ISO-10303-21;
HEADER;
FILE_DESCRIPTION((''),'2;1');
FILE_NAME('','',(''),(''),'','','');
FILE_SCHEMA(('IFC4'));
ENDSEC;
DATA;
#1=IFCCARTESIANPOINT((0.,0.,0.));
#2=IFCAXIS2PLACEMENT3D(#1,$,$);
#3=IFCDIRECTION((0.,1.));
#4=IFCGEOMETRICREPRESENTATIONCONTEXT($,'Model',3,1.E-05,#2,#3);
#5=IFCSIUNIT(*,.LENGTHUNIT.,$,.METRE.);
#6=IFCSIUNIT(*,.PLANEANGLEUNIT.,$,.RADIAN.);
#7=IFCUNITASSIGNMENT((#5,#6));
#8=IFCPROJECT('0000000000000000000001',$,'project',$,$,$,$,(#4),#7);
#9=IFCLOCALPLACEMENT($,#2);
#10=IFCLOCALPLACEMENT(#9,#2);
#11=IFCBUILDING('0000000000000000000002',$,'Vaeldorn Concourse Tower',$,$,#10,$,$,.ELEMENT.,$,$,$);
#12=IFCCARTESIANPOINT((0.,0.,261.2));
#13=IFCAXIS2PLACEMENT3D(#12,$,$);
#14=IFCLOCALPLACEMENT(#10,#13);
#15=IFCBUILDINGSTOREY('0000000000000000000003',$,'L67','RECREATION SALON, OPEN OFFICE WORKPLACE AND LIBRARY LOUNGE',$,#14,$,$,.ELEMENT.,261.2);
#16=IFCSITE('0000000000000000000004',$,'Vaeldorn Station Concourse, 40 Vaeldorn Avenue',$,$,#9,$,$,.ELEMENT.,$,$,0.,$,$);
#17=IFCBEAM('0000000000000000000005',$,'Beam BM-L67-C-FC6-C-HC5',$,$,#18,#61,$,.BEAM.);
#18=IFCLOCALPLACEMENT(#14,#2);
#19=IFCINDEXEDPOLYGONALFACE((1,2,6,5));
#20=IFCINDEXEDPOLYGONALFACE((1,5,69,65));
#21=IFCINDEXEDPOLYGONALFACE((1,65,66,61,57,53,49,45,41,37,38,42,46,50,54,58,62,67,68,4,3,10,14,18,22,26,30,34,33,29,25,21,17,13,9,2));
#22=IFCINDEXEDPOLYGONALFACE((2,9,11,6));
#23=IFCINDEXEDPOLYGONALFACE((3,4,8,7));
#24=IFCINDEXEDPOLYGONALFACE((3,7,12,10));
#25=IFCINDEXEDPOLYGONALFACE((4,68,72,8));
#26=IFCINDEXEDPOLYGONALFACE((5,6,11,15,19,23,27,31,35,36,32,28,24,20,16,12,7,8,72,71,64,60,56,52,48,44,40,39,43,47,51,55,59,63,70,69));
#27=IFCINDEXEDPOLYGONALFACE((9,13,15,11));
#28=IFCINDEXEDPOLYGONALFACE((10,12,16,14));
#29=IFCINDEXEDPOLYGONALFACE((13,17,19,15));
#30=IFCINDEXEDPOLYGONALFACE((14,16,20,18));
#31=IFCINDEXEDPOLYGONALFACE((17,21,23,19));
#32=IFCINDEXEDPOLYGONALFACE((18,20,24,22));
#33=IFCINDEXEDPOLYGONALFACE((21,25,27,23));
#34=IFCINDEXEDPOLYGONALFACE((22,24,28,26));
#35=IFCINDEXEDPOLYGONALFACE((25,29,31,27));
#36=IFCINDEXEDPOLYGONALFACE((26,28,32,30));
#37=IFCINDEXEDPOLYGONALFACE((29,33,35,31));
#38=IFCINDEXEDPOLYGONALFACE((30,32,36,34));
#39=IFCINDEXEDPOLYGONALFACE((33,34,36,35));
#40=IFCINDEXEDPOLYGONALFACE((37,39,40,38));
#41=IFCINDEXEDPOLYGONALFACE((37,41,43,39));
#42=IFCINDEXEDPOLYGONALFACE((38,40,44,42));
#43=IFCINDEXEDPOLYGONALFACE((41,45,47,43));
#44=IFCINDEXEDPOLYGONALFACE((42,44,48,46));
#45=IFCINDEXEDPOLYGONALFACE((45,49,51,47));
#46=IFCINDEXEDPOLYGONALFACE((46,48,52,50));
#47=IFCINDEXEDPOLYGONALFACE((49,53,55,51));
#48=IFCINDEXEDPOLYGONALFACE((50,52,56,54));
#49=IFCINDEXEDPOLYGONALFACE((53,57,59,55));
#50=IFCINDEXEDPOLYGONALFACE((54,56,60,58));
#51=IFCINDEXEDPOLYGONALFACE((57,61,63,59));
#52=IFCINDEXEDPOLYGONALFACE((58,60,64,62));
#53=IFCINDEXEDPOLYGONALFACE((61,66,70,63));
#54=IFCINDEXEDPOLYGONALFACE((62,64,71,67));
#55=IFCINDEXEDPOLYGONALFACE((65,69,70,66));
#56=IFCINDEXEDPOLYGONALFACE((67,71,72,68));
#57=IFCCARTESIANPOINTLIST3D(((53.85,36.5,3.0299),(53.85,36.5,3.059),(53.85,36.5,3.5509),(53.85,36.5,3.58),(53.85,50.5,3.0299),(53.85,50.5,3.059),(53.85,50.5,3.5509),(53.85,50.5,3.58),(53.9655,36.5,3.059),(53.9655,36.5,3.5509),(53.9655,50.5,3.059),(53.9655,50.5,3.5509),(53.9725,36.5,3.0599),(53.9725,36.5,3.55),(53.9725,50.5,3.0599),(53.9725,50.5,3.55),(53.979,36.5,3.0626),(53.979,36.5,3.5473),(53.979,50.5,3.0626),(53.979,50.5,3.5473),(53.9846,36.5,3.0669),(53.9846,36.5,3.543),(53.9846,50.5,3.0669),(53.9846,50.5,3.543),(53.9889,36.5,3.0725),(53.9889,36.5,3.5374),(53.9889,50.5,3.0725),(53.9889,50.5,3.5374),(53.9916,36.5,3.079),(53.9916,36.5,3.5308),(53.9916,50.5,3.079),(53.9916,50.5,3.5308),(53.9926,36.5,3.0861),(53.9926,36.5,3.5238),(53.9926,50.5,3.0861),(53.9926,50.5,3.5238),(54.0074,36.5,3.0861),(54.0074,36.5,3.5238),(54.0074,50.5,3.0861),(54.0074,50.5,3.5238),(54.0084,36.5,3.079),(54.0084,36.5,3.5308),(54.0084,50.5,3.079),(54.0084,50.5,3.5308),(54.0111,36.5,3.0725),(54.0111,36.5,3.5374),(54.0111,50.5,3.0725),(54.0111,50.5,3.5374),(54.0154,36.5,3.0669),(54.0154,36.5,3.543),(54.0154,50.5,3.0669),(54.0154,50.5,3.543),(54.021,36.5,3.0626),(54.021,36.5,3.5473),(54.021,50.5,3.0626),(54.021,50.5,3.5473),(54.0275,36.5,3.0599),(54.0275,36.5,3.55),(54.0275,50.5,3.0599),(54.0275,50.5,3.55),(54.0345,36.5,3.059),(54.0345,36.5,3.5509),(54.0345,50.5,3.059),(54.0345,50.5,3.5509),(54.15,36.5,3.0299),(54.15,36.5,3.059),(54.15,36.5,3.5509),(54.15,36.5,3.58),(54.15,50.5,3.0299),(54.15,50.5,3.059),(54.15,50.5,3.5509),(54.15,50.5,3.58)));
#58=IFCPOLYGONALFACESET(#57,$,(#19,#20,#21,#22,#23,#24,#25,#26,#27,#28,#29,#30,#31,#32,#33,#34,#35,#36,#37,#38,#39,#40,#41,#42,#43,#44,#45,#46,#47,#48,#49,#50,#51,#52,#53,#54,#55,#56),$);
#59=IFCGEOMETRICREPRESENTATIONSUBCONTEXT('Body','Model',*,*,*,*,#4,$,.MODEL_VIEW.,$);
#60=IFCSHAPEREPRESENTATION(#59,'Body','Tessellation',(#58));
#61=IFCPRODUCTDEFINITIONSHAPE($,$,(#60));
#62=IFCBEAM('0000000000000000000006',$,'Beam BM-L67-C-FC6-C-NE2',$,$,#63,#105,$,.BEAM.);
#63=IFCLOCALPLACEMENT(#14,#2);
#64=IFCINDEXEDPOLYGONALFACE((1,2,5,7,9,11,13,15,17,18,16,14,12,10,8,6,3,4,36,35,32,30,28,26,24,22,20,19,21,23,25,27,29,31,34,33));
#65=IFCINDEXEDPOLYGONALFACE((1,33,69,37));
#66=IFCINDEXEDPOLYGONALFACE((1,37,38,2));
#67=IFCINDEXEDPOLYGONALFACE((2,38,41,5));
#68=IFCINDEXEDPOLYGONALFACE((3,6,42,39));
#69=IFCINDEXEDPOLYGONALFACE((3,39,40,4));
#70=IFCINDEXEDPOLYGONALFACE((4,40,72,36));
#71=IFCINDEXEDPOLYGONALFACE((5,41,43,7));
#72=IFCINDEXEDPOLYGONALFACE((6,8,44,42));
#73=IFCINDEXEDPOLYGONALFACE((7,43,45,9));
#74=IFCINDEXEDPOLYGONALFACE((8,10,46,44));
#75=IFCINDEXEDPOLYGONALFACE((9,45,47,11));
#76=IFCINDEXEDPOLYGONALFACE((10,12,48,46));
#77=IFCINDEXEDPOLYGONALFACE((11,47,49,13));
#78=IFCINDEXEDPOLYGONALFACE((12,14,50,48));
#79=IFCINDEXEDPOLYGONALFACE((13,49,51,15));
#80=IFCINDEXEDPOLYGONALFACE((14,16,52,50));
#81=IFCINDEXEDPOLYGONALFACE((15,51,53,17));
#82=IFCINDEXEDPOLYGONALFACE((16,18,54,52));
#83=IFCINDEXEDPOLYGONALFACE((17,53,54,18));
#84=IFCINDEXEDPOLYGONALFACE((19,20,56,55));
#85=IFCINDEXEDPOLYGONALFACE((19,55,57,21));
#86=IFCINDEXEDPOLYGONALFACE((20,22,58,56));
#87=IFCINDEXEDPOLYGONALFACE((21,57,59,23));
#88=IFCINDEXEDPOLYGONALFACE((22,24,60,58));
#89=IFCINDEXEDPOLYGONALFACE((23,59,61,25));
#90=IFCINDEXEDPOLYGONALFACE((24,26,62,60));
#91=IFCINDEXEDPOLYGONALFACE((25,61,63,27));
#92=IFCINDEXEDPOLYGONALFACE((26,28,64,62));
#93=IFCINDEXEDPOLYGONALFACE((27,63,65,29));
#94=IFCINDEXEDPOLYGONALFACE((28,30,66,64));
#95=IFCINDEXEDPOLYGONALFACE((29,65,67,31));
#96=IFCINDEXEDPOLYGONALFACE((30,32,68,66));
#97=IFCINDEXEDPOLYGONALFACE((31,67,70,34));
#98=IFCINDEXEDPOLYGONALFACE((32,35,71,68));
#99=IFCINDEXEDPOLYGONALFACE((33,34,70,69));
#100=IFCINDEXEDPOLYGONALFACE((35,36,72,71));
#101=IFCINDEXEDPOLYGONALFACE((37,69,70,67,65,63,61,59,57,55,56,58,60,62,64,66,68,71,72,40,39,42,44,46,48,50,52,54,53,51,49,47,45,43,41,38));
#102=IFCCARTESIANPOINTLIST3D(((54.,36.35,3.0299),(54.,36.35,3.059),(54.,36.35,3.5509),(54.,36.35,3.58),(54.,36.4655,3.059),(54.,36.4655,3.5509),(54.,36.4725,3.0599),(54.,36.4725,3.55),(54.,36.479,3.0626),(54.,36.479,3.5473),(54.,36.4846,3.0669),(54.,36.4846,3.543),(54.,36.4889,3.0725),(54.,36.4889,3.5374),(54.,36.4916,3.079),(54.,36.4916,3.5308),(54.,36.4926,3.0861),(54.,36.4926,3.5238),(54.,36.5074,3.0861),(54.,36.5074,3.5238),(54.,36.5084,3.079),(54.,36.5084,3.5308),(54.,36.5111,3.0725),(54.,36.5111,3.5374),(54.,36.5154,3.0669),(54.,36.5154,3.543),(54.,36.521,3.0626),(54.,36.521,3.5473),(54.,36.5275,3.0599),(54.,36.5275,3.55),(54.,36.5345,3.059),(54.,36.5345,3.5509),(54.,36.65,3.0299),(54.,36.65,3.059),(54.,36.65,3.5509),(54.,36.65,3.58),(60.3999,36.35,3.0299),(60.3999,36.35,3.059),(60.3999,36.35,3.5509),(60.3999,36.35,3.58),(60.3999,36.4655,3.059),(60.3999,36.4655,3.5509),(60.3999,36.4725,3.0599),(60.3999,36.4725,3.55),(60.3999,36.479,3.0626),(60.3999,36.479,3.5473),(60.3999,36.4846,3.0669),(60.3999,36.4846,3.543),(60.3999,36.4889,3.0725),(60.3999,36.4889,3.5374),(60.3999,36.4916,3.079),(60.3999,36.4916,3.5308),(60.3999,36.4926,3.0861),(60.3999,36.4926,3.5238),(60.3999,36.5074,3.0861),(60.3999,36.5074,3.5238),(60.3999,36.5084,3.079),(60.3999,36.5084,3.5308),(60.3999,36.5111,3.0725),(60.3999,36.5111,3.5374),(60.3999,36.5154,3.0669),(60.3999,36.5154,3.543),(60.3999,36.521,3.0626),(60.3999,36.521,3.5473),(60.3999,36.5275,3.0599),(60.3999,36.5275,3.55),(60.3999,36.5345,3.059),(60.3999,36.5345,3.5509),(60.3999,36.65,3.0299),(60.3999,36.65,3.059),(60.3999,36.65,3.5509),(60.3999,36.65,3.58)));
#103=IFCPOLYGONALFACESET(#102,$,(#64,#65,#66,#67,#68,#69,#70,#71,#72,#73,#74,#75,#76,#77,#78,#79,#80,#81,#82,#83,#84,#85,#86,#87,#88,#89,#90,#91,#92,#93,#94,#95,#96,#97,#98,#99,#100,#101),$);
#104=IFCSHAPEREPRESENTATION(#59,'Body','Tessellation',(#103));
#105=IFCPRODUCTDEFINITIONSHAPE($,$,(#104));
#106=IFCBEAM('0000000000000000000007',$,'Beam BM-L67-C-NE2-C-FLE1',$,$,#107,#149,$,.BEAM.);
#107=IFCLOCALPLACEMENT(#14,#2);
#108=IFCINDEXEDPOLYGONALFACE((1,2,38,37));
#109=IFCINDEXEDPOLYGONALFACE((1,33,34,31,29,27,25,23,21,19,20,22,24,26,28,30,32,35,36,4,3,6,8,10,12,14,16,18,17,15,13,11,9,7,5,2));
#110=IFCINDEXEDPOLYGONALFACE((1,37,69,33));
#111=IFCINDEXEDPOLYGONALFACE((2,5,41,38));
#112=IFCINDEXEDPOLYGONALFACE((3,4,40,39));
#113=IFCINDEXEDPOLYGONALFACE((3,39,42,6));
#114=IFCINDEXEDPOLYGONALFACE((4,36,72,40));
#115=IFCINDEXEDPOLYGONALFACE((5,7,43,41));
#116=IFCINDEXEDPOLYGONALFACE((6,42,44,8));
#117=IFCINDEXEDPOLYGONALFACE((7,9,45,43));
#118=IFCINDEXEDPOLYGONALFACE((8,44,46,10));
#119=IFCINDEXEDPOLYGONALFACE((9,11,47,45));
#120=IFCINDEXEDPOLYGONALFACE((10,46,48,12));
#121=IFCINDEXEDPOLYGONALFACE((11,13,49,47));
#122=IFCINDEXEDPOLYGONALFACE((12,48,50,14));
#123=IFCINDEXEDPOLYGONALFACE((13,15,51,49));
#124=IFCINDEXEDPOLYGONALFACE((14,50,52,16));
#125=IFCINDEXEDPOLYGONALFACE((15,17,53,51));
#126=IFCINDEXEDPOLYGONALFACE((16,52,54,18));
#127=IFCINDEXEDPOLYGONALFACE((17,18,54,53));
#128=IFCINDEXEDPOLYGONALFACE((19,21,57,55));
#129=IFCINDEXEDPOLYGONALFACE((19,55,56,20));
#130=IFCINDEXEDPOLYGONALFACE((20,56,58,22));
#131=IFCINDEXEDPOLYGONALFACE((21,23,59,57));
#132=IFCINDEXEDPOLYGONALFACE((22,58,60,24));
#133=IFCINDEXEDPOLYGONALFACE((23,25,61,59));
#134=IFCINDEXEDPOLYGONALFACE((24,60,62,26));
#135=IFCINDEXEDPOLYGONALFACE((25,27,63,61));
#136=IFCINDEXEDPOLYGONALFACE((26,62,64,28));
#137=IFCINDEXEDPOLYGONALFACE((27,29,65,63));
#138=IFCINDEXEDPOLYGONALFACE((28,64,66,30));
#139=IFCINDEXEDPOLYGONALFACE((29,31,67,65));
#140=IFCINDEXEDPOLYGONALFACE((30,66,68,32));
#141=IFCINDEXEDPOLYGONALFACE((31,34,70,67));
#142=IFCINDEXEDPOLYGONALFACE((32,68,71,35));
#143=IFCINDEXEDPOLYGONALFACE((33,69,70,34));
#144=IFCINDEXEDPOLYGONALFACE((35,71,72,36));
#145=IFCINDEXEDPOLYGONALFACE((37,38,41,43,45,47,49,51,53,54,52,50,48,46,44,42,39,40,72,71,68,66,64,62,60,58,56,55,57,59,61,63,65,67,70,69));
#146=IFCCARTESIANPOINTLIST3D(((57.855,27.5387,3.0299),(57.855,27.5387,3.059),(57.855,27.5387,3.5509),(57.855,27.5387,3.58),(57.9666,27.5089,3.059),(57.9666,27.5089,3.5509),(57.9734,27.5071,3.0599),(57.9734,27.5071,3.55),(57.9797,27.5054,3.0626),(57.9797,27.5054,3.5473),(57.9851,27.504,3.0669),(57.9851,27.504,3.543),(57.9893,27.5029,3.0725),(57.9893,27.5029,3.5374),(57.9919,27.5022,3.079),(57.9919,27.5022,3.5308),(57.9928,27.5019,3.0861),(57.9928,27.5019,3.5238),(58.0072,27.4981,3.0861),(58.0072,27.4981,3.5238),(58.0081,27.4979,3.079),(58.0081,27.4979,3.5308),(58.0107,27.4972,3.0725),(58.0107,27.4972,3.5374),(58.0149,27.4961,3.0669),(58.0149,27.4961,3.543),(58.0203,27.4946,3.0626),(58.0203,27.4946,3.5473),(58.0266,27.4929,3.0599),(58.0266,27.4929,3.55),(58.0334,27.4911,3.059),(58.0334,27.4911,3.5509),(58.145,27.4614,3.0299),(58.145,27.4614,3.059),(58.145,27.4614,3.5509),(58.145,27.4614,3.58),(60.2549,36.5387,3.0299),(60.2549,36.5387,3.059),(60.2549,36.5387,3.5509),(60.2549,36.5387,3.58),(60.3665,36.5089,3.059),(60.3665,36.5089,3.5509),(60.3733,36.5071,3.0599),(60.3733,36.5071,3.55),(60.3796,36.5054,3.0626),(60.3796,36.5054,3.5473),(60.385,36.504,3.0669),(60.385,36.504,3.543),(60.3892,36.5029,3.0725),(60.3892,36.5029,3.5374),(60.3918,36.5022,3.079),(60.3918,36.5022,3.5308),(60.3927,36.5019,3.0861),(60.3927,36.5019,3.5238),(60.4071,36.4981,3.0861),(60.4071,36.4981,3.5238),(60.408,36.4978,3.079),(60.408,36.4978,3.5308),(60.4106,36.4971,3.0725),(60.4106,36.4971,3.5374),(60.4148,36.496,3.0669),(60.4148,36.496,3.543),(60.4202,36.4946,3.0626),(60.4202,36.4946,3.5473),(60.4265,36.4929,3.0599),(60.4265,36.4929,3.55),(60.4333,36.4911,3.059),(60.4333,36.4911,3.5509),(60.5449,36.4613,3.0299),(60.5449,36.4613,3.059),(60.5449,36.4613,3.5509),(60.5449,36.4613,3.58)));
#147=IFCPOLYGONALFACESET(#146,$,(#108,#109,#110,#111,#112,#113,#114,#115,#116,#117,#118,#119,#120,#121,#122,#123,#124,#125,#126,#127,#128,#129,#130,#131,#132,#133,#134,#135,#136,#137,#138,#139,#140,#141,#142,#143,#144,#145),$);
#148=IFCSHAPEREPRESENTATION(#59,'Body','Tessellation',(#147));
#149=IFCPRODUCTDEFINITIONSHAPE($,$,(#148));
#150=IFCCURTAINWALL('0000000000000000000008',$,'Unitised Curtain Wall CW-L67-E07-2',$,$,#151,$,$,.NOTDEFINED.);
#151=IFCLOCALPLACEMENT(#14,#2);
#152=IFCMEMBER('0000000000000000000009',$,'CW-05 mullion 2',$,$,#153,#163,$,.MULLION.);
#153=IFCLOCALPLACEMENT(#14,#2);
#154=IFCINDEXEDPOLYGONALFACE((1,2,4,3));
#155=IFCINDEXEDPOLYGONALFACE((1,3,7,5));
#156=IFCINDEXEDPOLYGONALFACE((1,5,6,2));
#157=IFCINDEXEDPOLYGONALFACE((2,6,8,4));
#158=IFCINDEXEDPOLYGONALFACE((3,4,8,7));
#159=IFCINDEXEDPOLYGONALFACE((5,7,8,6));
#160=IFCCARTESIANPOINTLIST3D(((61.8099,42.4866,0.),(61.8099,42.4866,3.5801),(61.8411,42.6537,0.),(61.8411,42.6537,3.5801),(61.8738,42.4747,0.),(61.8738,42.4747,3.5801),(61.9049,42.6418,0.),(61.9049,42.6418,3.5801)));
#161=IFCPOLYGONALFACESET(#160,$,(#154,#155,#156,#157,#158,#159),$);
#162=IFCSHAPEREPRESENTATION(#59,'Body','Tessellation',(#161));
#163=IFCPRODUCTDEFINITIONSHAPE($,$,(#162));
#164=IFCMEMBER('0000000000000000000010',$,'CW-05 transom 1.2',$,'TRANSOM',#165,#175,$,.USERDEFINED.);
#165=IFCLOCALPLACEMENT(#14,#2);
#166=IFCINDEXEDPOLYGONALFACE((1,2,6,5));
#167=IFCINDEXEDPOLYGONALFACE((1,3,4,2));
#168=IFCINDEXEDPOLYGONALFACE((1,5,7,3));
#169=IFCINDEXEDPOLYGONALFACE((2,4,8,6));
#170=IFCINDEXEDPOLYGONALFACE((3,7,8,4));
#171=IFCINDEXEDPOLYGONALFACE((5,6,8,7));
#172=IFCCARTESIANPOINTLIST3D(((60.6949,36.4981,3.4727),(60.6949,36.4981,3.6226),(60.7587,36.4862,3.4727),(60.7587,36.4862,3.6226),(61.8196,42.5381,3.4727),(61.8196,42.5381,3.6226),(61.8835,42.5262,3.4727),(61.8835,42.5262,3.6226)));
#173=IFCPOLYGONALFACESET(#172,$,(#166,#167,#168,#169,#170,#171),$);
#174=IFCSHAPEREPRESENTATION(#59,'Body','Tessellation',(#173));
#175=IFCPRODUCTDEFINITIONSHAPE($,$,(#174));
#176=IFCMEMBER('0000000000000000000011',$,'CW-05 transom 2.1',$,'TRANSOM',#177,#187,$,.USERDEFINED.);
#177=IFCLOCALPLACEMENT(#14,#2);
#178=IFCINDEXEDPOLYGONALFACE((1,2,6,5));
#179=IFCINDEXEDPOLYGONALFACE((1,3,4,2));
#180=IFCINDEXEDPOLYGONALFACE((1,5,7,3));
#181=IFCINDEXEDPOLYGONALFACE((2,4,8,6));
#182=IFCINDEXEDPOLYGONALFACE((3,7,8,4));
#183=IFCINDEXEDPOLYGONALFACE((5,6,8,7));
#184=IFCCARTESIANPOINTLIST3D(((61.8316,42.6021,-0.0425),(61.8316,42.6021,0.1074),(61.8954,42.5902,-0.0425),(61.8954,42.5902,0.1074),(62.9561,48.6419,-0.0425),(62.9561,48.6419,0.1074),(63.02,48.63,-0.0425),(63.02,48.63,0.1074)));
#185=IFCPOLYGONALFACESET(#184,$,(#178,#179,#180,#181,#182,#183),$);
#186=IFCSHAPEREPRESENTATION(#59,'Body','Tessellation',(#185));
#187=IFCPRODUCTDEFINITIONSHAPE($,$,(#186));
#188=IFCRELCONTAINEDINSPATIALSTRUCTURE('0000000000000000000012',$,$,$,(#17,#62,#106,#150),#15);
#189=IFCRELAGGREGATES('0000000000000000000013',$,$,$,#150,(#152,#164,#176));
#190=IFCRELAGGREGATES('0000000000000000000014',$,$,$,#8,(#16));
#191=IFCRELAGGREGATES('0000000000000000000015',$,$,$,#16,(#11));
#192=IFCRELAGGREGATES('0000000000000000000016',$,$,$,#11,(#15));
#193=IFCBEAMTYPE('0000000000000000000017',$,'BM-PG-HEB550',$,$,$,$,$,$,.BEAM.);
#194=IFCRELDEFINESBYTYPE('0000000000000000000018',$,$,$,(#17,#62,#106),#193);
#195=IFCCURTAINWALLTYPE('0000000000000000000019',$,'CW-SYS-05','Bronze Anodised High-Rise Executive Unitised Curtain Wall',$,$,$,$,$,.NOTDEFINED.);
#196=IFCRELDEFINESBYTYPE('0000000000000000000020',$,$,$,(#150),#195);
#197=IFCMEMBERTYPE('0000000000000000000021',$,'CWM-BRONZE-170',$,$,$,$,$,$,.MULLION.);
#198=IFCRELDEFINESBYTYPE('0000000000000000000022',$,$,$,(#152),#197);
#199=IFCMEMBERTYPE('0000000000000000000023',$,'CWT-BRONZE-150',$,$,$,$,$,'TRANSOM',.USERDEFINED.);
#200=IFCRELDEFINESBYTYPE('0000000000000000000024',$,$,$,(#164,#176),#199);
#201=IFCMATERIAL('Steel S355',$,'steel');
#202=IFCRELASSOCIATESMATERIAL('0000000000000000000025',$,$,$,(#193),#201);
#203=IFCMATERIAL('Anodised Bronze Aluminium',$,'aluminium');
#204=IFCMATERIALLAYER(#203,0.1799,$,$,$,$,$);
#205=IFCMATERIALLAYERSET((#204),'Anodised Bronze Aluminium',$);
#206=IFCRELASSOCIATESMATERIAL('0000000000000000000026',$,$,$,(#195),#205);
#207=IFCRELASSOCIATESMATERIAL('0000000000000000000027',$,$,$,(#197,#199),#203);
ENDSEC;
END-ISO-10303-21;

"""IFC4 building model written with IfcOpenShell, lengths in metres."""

from ifc_helpers import new_model, si_unit, direction, frame, origin, origin_2d, place, context, subcontext, project, spatial, rectangle, i_section, extrude, source, transform, mapped, material, layer, layer_set, material_profile, profile_set, type_object, element, aggregate, save


model = new_model("IFC4")

# Units and contexts
model_context = context("Model", 3, precision=1e-05, world=origin(), true_north=direction((0.0, 1.0)))
body_context = subcontext(model_context, "Body", "Model", "MODEL_VIEW")
ifc_project = project(units=[si_unit("LENGTHUNIT", "METRE"), si_unit("PLANEANGLEUNIT", "RADIAN")], contexts=[model_context])

# Site, building, storey
site_placement = place(None, origin())
site = spatial("IfcSite", under=ifc_project, at=site_placement, Name="Vaeldorn Station Concourse, 40 Vaeldorn Avenue", CompositionType="ELEMENT", RefElevation=0.0)
building_placement = place(site_placement, origin())
building = spatial("IfcBuilding", under=site, at=building_placement, Name="Vaeldorn Concourse Tower", CompositionType="ELEMENT")
storey_placement = place(building_placement, frame((0.0, 0.0, 261.2)))
storey = spatial("IfcBuildingStorey", under=building, at=storey_placement, Name="L67", Description="RECREATION SALON, OPEN OFFICE WORKPLACE AND LIBRARY LOUNGE", CompositionType="ELEMENT", Elevation=261.2)

# Shared definitions
ifc_material_1 = material(Name="Steel S355", Category="steel")

# Beams
ifc_material_profile_1 = material_profile(ifc_material_1, i_section(OverallWidth=0.3, OverallDepth=0.55, WebThickness=0.0149, FlangeThickness=0.0291, FilletRadius=0.0271, at=origin_2d()), Name="HEB 550")
ifc_profile_set_1 = profile_set([ifc_material_profile_1], Name="Steel S355")
beam_type_1 = type_object("IfcBeamType", Name="BM-PG-HEB550", PredefinedType="BEAM", material=ifc_profile_set_1)
shared_shape_1 = source(origin(), body_context, "Body", "SweptSolid", [
    extrude(i_section(OverallWidth=0.3, OverallDepth=0.55, WebThickness=0.0149, FlangeThickness=0.0291, FilletRadius=0.0271, at=origin_2d()), origin(), (0.0, 0.0, 1.0), 14.0),
])
beam_1_placement = place(storey_placement, frame((54.0, 36.5, 3.3049), z_axis=(0.0, 1.0, 0.0), x_axis=(-1.0, 0.0, 0.0)))
element("IfcBeam", 1, at=beam_1_placement, inside=storey, type_object=beam_type_1, Name="Beam BM-L67-C-FC6-C-HC5", PredefinedType="BEAM", context=body_context, shape_type="MappedRepresentation", body=[
    mapped(shared_shape_1, transform((0.0, 0.0, 0.0), scale=1.0)),
])
shared_shape_2 = source(origin(), body_context, "Body", "SweptSolid", [
    extrude(i_section(OverallWidth=0.3, OverallDepth=0.55, WebThickness=0.0149, FlangeThickness=0.0291, FilletRadius=0.0271, at=origin_2d()), origin(), (0.0, 0.0, 1.0), 6.3999),
])
beam_2_placement = place(storey_placement, frame((54.0, 36.5, 3.3049), z_axis=(1.0, 0.0, 0.0), x_axis=(0.0, 1.0, 0.0)))
element("IfcBeam", 2, at=beam_2_placement, inside=storey, type_object=beam_type_1, Name="Beam BM-L67-C-FC6-C-NE2", PredefinedType="BEAM", context=body_context, shape_type="MappedRepresentation", body=[
    mapped(shared_shape_2, transform((0.0, 0.0, 0.0), scale=1.0)),
])
shared_shape_3 = source(origin(), body_context, "Body", "SweptSolid", [
    extrude(i_section(OverallWidth=0.3, OverallDepth=0.55, WebThickness=0.0149, FlangeThickness=0.0291, FilletRadius=0.0271, at=origin_2d()), origin(), (0.0, 0.0, 1.0), 9.3145),
])
beam_3_placement = place(storey_placement, frame((60.3999, 36.5, 3.3049), z_axis=(-0.257653, -0.966238, 0.0), x_axis=(0.966238, -0.257653, 0.0)))
element("IfcBeam", 3, at=beam_3_placement, inside=storey, type_object=beam_type_1, Name="Beam BM-L67-C-NE2-C-FLE1", PredefinedType="BEAM", context=body_context, shape_type="MappedRepresentation", body=[
    mapped(shared_shape_3, transform((0.0, 0.0, 0.0), scale=1.0)),
])

# Curtain wall, members
ifc_material_2 = material(Name="Anodised Bronze Aluminium", Category="aluminium")
ifc_layer_1 = layer(ifc_material_2, 0.1799)
ifc_layer_set_1 = layer_set([ifc_layer_1], Name="Anodised Bronze Aluminium")
curtain_wall_type = type_object("IfcCurtainWallType", Name="CW-SYS-05", Description="Bronze Anodised High-Rise Executive Unitised Curtain Wall", PredefinedType="NOTDEFINED", material=ifc_layer_set_1)
curtain_wall_placement = place(storey_placement, origin())
curtain_wall = element("IfcCurtainWall", 4, at=curtain_wall_placement, inside=storey, type_object=curtain_wall_type, Name="Unitised Curtain Wall CW-L67-E07-2", PredefinedType="NOTDEFINED")
ifc_material_profile_2 = material_profile(ifc_material_2, rectangle(XDim=0.0649, YDim=0.1699, at=origin_2d()), Name="CWM 65x170")
ifc_profile_set_2 = profile_set([ifc_material_profile_2], Name="Anodised Bronze Aluminium")
member_type_1 = type_object("IfcMemberType", Name="CWM-BRONZE-170", PredefinedType="MULLION", material=ifc_profile_set_2)
shared_shape_4 = source(origin(), body_context, "Body", "SweptSolid", [
    extrude(rectangle(XDim=0.0649, YDim=0.1699, at=origin_2d()), origin(), (0.0, 0.0, 1.0), 3.5801),
])
member_1_placement = place(storey_placement, frame((61.8574, 42.5642, 0.0), z_axis=(0.0, 0.0, 1.0), x_axis=(-0.983103, 0.183054, 0.0)))
member_1 = element("IfcMember", 5, at=member_1_placement, type_object=member_type_1, Name="CW-05 mullion 2", PredefinedType="MULLION", context=body_context, shape_type="MappedRepresentation", body=[
    mapped(shared_shape_4, transform((0.0, 0.0, 0.0), scale=1.0)),
])
ifc_material_profile_3 = material_profile(ifc_material_2, rectangle(XDim=0.0649, YDim=0.1499, at=origin_2d()), Name="CWT 65x150")
ifc_profile_set_3 = profile_set([ifc_material_profile_3], Name="Anodised Bronze Aluminium")
member_type_2 = type_object("IfcMemberType", Name="CWT-BRONZE-150", ElementType="TRANSOM", PredefinedType="USERDEFINED", material=ifc_profile_set_3)
shared_shape_5 = source(origin(), body_context, "Body", "SweptSolid", [
    extrude(rectangle(XDim=0.0649, YDim=0.1499, at=origin_2d()), origin(), (0.0, 0.0, 1.0), 6.1438),
])
member_2_placement = place(storey_placement, frame((60.7268, 36.4922, 3.5476), z_axis=(0.18307, 0.9831, 0.0), x_axis=(-0.9831, 0.18307, 0.0)))
member_2 = element("IfcMember", 6, at=member_2_placement, type_object=member_type_2, Name="CW-05 transom 1.2", ObjectType="TRANSOM", PredefinedType="USERDEFINED", context=body_context, shape_type="MappedRepresentation", body=[
    mapped(shared_shape_5, transform((0.0, 0.0, 0.0), scale=1.0)),
])
shared_shape_6 = source(origin(), body_context, "Body", "SweptSolid", [
    extrude(rectangle(XDim=0.0649, YDim=0.1499, at=origin_2d()), origin(), (0.0, 0.0, 1.0), 6.1436),
])
member_3_placement = place(storey_placement, frame((61.8635, 42.5962, 0.0325), z_axis=(0.183038, 0.983106, 0.0), x_axis=(-0.983106, 0.183038, 0.0)))
member_3 = element("IfcMember", 7, at=member_3_placement, type_object=member_type_2, Name="CW-05 transom 2.1", ObjectType="TRANSOM", PredefinedType="USERDEFINED", context=body_context, shape_type="MappedRepresentation", body=[
    mapped(shared_shape_6, transform((0.0, 0.0, 0.0), scale=1.0)),
])
aggregate(curtain_wall, [member_1, member_2, member_3])

save(model, "model.ifc")
